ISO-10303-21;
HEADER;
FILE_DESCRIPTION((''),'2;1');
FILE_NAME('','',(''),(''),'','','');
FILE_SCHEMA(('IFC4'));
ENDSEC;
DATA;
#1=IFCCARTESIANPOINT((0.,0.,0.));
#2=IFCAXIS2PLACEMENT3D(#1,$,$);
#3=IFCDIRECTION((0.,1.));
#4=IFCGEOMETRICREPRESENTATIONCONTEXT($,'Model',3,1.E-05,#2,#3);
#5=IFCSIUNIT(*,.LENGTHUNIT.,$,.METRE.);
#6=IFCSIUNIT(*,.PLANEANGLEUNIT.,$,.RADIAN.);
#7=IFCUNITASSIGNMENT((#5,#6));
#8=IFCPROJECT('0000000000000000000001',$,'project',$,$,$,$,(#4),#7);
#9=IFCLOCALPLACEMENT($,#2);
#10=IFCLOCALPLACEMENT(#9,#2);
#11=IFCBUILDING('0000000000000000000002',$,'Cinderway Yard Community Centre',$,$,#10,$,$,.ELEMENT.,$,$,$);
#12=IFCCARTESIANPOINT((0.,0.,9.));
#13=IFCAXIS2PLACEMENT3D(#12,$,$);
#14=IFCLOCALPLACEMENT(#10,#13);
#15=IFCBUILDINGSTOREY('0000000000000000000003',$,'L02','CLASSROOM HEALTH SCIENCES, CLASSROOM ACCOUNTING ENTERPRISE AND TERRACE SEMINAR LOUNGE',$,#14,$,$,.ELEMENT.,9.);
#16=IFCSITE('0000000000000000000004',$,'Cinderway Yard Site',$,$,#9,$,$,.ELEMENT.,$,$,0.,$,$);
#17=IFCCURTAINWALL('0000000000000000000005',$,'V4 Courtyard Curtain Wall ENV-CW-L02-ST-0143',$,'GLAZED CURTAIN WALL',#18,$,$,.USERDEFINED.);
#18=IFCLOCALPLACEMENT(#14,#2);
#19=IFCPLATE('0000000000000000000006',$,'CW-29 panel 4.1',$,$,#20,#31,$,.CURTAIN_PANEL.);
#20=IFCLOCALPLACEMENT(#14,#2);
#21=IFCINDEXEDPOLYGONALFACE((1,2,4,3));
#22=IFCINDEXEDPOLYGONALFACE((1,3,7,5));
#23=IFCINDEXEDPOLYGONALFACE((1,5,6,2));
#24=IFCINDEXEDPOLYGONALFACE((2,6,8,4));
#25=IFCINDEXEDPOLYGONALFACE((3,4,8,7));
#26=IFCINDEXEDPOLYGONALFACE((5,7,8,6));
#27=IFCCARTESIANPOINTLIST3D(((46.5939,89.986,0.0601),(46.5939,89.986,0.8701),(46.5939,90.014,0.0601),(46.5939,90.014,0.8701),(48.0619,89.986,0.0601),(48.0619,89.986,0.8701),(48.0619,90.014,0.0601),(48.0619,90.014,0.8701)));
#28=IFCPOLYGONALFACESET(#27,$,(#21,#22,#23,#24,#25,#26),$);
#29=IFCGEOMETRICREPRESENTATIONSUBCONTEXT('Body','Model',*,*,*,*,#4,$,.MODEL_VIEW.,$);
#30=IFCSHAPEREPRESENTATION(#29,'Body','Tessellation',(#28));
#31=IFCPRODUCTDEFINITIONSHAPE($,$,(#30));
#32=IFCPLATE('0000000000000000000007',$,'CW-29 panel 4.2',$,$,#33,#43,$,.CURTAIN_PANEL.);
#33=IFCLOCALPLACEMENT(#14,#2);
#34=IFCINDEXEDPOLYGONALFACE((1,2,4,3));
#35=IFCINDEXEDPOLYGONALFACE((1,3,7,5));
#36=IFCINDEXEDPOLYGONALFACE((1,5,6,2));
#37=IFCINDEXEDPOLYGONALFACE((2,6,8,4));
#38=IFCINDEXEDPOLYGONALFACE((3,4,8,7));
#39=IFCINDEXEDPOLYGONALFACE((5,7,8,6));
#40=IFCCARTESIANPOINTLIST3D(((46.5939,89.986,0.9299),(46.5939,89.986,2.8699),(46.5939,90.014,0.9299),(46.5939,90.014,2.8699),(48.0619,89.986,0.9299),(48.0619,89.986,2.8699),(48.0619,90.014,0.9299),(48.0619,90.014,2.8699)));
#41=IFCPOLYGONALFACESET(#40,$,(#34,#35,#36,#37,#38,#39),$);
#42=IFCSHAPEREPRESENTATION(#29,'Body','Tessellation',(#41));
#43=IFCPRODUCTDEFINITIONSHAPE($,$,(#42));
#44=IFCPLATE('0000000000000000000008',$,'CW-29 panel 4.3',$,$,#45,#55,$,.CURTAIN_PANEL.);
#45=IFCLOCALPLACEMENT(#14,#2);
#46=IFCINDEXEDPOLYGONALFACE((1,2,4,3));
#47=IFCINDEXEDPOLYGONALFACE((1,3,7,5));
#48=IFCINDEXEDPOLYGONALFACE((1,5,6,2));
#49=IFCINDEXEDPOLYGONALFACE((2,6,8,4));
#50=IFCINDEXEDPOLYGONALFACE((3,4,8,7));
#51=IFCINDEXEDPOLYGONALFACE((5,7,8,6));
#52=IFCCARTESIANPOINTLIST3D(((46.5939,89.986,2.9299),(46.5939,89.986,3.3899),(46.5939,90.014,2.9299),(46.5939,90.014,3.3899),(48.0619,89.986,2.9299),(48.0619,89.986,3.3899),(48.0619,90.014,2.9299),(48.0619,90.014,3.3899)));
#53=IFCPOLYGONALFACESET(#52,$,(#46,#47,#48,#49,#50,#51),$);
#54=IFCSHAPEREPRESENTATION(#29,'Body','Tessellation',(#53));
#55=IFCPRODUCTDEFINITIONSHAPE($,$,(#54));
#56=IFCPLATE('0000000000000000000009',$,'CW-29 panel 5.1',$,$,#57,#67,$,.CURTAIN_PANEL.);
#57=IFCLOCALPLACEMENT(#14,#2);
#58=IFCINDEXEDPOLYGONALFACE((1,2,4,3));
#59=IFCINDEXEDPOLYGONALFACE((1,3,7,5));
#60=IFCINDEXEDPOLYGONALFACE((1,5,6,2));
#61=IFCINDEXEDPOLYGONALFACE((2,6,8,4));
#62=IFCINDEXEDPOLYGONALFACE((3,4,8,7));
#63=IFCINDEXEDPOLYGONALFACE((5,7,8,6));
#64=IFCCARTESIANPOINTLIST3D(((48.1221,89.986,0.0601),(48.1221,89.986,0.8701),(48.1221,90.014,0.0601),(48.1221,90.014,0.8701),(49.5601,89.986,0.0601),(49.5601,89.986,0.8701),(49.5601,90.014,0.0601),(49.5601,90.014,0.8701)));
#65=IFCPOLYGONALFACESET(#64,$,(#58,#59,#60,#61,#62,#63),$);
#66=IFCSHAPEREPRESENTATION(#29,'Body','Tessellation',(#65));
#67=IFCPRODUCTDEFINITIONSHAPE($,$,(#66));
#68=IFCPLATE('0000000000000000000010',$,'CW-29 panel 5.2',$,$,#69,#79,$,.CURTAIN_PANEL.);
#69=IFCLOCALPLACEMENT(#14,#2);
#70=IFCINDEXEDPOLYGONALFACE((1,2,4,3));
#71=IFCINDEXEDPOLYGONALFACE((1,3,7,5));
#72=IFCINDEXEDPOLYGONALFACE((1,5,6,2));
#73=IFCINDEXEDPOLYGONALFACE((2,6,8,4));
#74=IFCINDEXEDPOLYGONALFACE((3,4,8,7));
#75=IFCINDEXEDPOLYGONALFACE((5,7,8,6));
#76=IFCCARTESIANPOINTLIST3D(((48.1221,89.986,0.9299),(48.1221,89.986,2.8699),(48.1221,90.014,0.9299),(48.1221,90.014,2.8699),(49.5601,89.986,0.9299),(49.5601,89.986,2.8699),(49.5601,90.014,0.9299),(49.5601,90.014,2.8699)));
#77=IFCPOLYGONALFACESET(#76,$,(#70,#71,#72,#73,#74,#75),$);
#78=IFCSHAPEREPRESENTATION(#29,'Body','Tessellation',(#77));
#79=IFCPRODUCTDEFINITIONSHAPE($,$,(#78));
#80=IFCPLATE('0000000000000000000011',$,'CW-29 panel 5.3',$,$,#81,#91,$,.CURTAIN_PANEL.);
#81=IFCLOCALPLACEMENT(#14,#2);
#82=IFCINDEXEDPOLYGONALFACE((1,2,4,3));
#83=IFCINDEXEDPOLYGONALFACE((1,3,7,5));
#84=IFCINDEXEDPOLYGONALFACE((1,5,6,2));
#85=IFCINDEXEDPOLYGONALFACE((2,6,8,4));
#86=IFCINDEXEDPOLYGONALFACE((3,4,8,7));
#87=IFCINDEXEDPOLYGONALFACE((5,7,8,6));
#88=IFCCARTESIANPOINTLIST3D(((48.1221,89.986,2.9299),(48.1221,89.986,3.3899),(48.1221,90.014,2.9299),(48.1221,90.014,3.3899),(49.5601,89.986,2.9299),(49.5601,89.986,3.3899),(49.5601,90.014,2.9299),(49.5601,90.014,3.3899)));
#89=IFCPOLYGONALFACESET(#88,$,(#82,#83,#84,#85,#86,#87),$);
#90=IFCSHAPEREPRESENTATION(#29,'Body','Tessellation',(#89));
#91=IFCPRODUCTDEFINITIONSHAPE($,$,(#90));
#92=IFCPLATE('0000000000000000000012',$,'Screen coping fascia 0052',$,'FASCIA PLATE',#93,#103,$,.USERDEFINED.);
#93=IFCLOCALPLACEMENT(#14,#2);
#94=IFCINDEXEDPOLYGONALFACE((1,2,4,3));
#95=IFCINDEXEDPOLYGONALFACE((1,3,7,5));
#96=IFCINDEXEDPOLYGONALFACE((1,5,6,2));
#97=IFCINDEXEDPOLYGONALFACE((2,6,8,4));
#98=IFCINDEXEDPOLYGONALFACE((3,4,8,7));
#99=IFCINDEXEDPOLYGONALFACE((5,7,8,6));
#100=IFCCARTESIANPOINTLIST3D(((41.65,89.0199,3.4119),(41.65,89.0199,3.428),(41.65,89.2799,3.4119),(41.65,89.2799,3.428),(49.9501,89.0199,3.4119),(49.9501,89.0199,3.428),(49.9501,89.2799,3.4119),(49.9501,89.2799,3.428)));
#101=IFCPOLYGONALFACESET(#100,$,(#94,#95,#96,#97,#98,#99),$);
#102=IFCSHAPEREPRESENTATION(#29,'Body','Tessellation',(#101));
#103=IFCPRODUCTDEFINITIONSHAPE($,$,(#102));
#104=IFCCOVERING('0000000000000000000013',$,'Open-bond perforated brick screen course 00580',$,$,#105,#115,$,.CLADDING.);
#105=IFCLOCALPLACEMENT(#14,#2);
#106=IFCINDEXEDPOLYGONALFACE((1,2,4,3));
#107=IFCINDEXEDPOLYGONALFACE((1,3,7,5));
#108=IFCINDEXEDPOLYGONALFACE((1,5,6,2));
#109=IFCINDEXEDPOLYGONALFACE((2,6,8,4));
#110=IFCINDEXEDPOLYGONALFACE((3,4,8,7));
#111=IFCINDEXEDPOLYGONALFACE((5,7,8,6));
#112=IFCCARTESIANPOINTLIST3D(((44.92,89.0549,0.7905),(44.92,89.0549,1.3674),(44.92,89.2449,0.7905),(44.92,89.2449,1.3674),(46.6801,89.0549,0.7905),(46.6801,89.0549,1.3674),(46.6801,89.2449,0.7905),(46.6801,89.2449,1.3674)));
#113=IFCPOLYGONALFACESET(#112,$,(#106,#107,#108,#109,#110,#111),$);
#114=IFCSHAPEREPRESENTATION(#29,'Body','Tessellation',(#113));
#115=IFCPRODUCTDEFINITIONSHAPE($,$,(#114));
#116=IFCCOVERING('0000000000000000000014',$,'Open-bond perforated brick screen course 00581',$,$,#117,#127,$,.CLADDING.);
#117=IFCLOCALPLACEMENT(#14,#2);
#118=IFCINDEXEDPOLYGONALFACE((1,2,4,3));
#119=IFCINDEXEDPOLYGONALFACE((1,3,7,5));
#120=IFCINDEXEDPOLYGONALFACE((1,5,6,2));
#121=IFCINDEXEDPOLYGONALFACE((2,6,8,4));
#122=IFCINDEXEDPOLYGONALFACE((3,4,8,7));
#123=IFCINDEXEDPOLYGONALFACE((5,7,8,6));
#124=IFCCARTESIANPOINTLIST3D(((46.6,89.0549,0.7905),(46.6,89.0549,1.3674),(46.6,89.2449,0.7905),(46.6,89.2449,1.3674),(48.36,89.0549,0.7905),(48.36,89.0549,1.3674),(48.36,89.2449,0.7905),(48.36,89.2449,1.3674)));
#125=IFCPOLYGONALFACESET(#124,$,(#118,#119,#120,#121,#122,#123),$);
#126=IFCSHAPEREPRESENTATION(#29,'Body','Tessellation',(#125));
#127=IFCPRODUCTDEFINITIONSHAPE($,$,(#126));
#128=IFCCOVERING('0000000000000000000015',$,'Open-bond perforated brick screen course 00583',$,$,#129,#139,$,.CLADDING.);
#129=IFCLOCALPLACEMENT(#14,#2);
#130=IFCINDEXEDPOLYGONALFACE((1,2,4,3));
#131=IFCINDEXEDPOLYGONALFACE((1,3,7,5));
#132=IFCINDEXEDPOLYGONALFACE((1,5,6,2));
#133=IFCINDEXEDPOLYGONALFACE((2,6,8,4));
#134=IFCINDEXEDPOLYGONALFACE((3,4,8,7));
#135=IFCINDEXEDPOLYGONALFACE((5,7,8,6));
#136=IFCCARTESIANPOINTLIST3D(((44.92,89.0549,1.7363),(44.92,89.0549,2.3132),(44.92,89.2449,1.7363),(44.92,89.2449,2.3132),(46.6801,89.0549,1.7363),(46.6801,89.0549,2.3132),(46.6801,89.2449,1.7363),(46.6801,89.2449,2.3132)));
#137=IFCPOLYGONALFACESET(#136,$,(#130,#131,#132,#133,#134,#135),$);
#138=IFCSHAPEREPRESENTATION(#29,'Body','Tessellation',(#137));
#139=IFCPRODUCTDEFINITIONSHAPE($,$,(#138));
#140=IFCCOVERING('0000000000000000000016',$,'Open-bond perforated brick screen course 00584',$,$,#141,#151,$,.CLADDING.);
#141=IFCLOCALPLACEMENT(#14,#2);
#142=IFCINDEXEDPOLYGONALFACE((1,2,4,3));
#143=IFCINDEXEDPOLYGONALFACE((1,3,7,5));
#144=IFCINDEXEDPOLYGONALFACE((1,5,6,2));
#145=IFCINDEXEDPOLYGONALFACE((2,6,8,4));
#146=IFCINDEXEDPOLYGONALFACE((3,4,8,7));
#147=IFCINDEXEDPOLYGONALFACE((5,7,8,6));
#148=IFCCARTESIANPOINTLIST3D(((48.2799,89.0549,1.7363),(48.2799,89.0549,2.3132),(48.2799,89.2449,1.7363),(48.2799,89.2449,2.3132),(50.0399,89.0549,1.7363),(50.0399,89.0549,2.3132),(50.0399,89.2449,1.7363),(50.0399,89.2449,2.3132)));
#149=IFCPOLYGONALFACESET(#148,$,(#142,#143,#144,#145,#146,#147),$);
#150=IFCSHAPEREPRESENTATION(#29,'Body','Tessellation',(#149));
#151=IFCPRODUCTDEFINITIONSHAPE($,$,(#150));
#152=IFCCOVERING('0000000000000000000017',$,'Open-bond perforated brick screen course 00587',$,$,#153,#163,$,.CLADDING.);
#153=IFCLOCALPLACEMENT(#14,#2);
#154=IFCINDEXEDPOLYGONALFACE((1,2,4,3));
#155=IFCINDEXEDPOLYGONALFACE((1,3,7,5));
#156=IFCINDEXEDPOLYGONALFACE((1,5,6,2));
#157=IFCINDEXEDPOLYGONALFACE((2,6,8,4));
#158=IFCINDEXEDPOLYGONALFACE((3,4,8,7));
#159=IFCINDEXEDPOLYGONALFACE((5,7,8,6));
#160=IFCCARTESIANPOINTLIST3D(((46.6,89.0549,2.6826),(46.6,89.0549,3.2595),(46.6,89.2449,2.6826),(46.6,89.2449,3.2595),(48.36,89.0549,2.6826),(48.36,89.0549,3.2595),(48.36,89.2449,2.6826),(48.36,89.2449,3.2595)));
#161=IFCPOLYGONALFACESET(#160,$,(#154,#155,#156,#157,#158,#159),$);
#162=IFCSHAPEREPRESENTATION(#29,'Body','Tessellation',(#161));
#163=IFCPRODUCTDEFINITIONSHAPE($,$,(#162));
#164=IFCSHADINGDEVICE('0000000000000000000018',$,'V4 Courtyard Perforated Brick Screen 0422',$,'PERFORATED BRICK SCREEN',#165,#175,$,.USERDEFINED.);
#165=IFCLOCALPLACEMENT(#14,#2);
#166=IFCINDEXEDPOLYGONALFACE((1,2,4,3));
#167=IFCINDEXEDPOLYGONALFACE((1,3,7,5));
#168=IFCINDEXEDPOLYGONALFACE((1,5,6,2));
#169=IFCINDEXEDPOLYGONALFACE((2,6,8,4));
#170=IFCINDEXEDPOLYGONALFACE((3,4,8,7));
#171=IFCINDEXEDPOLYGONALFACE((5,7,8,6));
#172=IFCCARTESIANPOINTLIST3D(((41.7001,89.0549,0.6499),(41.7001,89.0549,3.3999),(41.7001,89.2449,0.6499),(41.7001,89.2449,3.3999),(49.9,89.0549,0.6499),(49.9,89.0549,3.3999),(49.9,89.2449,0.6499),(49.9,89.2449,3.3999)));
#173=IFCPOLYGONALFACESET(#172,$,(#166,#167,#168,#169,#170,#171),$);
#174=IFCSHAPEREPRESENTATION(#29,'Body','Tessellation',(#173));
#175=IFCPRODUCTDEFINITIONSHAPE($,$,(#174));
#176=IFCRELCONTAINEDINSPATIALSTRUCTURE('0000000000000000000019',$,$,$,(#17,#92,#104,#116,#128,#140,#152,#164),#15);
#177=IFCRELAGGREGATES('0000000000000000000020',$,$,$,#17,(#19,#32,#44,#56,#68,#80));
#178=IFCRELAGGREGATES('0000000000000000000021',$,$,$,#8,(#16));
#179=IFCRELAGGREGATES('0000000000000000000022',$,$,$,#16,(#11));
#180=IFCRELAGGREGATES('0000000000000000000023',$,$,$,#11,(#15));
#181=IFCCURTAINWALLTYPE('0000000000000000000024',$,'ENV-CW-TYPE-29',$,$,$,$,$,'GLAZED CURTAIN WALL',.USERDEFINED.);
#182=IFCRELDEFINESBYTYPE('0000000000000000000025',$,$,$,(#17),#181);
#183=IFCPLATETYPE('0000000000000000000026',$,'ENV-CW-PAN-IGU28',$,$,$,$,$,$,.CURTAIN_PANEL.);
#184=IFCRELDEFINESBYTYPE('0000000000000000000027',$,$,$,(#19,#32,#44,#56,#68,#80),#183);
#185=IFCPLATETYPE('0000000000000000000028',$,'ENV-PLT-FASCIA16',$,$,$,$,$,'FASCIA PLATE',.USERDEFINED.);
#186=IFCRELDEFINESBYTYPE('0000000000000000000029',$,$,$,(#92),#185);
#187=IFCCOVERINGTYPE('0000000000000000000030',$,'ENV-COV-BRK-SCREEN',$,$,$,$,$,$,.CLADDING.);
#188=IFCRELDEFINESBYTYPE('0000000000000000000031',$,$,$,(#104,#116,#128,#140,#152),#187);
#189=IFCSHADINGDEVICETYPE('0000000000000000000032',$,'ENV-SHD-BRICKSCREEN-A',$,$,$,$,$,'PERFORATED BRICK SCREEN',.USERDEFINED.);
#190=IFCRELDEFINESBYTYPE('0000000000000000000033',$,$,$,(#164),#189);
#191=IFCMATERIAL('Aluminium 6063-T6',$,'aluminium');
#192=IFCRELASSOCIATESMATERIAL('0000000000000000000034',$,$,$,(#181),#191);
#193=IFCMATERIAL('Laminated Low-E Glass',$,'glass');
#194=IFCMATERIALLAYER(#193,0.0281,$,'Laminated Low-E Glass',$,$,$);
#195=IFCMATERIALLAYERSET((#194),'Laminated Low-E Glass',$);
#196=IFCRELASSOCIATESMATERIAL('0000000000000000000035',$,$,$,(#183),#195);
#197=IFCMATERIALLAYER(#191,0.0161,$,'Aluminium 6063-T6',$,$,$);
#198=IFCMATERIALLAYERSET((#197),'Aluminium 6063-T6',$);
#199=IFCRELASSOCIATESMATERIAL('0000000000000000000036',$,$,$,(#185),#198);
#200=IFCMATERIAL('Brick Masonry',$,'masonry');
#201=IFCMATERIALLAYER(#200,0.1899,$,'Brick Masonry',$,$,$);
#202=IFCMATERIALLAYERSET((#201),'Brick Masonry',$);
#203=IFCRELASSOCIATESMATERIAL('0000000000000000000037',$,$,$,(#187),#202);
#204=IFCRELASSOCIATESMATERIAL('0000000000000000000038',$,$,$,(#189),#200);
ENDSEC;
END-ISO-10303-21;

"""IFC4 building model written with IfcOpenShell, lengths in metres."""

from ifc_helpers import new_model, si_unit, direction, frame, origin, origin_2d, place, context, subcontext, project, spatial, rectangle, extrude, material, layer, layer_set, type_object, element, aggregate, save


model = new_model("IFC4")

# Units and contexts
model_context = context("Model", 3, precision=1e-05, world=origin(), true_north=direction((0.0, 1.0)))
body_context = subcontext(model_context, "Body", "Model", "MODEL_VIEW")
ifc_project = project(units=[si_unit("LENGTHUNIT", "METRE"), si_unit("PLANEANGLEUNIT", "RADIAN")], contexts=[model_context])

# Site, building, storey
site_placement = place(None, origin())
site = spatial("IfcSite", under=ifc_project, at=site_placement, Name="Cinderway Yard Site", CompositionType="ELEMENT", RefElevation=0.0)
building_placement = place(site_placement, origin())
building = spatial("IfcBuilding", under=site, at=building_placement, Name="Cinderway Yard Community Centre", CompositionType="ELEMENT")
storey_placement = place(building_placement, frame((0.0, 0.0, 9.0)))
storey = spatial("IfcBuildingStorey", under=building, at=storey_placement, Name="L02", Description="CLASSROOM HEALTH SCIENCES, CLASSROOM ACCOUNTING ENTERPRISE AND TERRACE SEMINAR LOUNGE", CompositionType="ELEMENT", Elevation=9.0)

# Curtain wall
ifc_material_1 = material(Name="Aluminium 6063-T6", Category="aluminium")
curtain_wall_type = type_object("IfcCurtainWallType", Name="ENV-CW-TYPE-29", ElementType="GLAZED CURTAIN WALL", PredefinedType="USERDEFINED", material=ifc_material_1)
curtain_wall_placement = place(storey_placement, origin())
curtain_wall = element("IfcCurtainWall", 1, at=curtain_wall_placement, inside=storey, type_object=curtain_wall_type, Name="V4 Courtyard Curtain Wall ENV-CW-L02-ST-0143", ObjectType="GLAZED CURTAIN WALL", PredefinedType="USERDEFINED")

# Plates
ifc_material_2 = material(Name="Laminated Low-E Glass", Category="glass")
ifc_layer_1 = layer(ifc_material_2, 0.0281, Name="Laminated Low-E Glass")
ifc_layer_set_1 = layer_set([ifc_layer_1], Name="Laminated Low-E Glass")
plate_type_1 = type_object("IfcPlateType", Name="ENV-CW-PAN-IGU28", PredefinedType="CURTAIN_PANEL", material=ifc_layer_set_1)
plate_1_placement = place(storey_placement, frame((47.3279, 90.0, 0.0601), z_axis=(0.0, 0.0, 1.0), x_axis=(1.0, 0.0, 0.0)))
plate_1 = element("IfcPlate", 2, at=plate_1_placement, type_object=plate_type_1, Name="CW-29 panel 4.1", PredefinedType="CURTAIN_PANEL", context=body_context, shape_type="SweptSolid", body=[
    extrude(rectangle(XDim=1.468, YDim=0.0281, at=origin_2d()), origin(), (0.0, 0.0, 1.0), 0.8101),
])
plate_2_placement = place(storey_placement, frame((47.3279, 90.0, 0.9299), z_axis=(0.0, 0.0, 1.0), x_axis=(1.0, 0.0, 0.0)))
plate_2 = element("IfcPlate", 3, at=plate_2_placement, type_object=plate_type_1, Name="CW-29 panel 4.2", PredefinedType="CURTAIN_PANEL", context=body_context, shape_type="SweptSolid", body=[
    extrude(rectangle(XDim=1.468, YDim=0.0281, at=origin_2d()), origin(), (0.0, 0.0, 1.0), 1.9399),
])
plate_3_placement = place(storey_placement, frame((47.3279, 90.0, 2.9299), z_axis=(0.0, 0.0, 1.0), x_axis=(1.0, 0.0, 0.0)))
plate_3 = element("IfcPlate", 4, at=plate_3_placement, type_object=plate_type_1, Name="CW-29 panel 4.3", PredefinedType="CURTAIN_PANEL", context=body_context, shape_type="SweptSolid", body=[
    extrude(rectangle(XDim=1.468, YDim=0.0281, at=origin_2d()), origin(), (0.0, 0.0, 1.0), 0.46),
])
plate_4_placement = place(storey_placement, frame((48.8411, 90.0, 0.0601), z_axis=(0.0, 0.0, 1.0), x_axis=(1.0, 0.0, 0.0)))
plate_4 = element("IfcPlate", 5, at=plate_4_placement, type_object=plate_type_1, Name="CW-29 panel 5.1", PredefinedType="CURTAIN_PANEL", context=body_context, shape_type="SweptSolid", body=[
    extrude(rectangle(XDim=1.438, YDim=0.0281, at=origin_2d()), origin(), (0.0, 0.0, 1.0), 0.8101),
])
plate_5_placement = place(storey_placement, frame((48.8411, 90.0, 0.9299), z_axis=(0.0, 0.0, 1.0), x_axis=(1.0, 0.0, 0.0)))
plate_5 = element("IfcPlate", 6, at=plate_5_placement, type_object=plate_type_1, Name="CW-29 panel 5.2", PredefinedType="CURTAIN_PANEL", context=body_context, shape_type="SweptSolid", body=[
    extrude(rectangle(XDim=1.438, YDim=0.0281, at=origin_2d()), origin(), (0.0, 0.0, 1.0), 1.9399),
])
plate_6_placement = place(storey_placement, frame((48.8411, 90.0, 2.9299), z_axis=(0.0, 0.0, 1.0), x_axis=(1.0, 0.0, 0.0)))
plate_6 = element("IfcPlate", 7, at=plate_6_placement, type_object=plate_type_1, Name="CW-29 panel 5.3", PredefinedType="CURTAIN_PANEL", context=body_context, shape_type="SweptSolid", body=[
    extrude(rectangle(XDim=1.438, YDim=0.0281, at=origin_2d()), origin(), (0.0, 0.0, 1.0), 0.46),
])
aggregate(curtain_wall, [plate_1, plate_2, plate_3, plate_4, plate_5, plate_6])
ifc_layer_2 = layer(ifc_material_1, 0.0161, Name="Aluminium 6063-T6")
ifc_layer_set_2 = layer_set([ifc_layer_2], Name="Aluminium 6063-T6")
plate_type_2 = type_object("IfcPlateType", Name="ENV-PLT-FASCIA16", ElementType="FASCIA PLATE", PredefinedType="USERDEFINED", material=ifc_layer_set_2)
plate_7_placement = place(storey_placement, frame((45.8, 89.1499, 3.4119), z_axis=(0.0, 0.0, 1.0), x_axis=(-1.0, 0.0, 0.0)))
element("IfcPlate", 8, at=plate_7_placement, inside=storey, type_object=plate_type_2, Name="Screen coping fascia 0052", ObjectType="FASCIA PLATE", PredefinedType="USERDEFINED", context=body_context, shape_type="SweptSolid", body=[
    extrude(rectangle(XDim=8.3, YDim=0.26, at=origin_2d()), origin(), (0.0, 0.0, 1.0), 0.0161),
])

# Coverings
ifc_material_3 = material(Name="Brick Masonry", Category="masonry")
ifc_layer_3 = layer(ifc_material_3, 0.1899, Name="Brick Masonry")
ifc_layer_set_3 = layer_set([ifc_layer_3], Name="Brick Masonry")
covering_type = type_object("IfcCoveringType", Name="ENV-COV-BRK-SCREEN", PredefinedType="CLADDING", material=ifc_layer_set_3)
for number, where, z_axis, x_axis, name in (
    (9, (45.8, 89.1499, 0.7905), (0.0, 0.0, 1.0), (-1.0, 0.0, 0.0), "Open-bond perforated brick screen course 00580"),
    (10, (47.48, 89.1499, 0.7905), (0.0, 0.0, 1.0), (-1.0, 0.0, 0.0), "Open-bond perforated brick screen course 00581"),
    (11, (45.8, 89.1499, 1.7363), (0.0, 0.0, 1.0), (-1.0, 0.0, 0.0), "Open-bond perforated brick screen course 00583"),
    (12, (49.1599, 89.1499, 1.7363), (0.0, 0.0, 1.0), (-1.0, 0.0, 0.0), "Open-bond perforated brick screen course 00584"),
    (13, (47.48, 89.1499, 2.6826), (0.0, 0.0, 1.0), (-1.0, 0.0, 0.0), "Open-bond perforated brick screen course 00587"),
):
    element("IfcCovering", number, at=place(storey_placement, frame(where, z_axis=z_axis, x_axis=x_axis)), inside=storey, type_object=covering_type, Name=name, PredefinedType="CLADDING", context=body_context, shape_type="SweptSolid", body=[
        extrude(rectangle(XDim=1.76, YDim=0.1899, at=origin_2d()), origin(), (0.0, 0.0, 1.0), 0.5769),
    ])

# Shading device
shading_device_type = type_object("IfcShadingDeviceType", Name="ENV-SHD-BRICKSCREEN-A", ElementType="PERFORATED BRICK SCREEN", PredefinedType="USERDEFINED", material=ifc_material_3)
shading_device_placement = place(storey_placement, frame((45.8, 89.1499, 0.6499), z_axis=(0.0, 0.0, 1.0), x_axis=(-1.0, 0.0, 0.0)))
element("IfcShadingDevice", 14, at=shading_device_placement, inside=storey, type_object=shading_device_type, Name="V4 Courtyard Perforated Brick Screen 0422", ObjectType="PERFORATED BRICK SCREEN", PredefinedType="USERDEFINED", context=body_context, shape_type="SweptSolid", body=[
    extrude(rectangle(XDim=8.2, YDim=0.1899, at=origin_2d()), origin(), (0.0, 0.0, 1.0), 2.75),
])

save(model, "model.ifc")
